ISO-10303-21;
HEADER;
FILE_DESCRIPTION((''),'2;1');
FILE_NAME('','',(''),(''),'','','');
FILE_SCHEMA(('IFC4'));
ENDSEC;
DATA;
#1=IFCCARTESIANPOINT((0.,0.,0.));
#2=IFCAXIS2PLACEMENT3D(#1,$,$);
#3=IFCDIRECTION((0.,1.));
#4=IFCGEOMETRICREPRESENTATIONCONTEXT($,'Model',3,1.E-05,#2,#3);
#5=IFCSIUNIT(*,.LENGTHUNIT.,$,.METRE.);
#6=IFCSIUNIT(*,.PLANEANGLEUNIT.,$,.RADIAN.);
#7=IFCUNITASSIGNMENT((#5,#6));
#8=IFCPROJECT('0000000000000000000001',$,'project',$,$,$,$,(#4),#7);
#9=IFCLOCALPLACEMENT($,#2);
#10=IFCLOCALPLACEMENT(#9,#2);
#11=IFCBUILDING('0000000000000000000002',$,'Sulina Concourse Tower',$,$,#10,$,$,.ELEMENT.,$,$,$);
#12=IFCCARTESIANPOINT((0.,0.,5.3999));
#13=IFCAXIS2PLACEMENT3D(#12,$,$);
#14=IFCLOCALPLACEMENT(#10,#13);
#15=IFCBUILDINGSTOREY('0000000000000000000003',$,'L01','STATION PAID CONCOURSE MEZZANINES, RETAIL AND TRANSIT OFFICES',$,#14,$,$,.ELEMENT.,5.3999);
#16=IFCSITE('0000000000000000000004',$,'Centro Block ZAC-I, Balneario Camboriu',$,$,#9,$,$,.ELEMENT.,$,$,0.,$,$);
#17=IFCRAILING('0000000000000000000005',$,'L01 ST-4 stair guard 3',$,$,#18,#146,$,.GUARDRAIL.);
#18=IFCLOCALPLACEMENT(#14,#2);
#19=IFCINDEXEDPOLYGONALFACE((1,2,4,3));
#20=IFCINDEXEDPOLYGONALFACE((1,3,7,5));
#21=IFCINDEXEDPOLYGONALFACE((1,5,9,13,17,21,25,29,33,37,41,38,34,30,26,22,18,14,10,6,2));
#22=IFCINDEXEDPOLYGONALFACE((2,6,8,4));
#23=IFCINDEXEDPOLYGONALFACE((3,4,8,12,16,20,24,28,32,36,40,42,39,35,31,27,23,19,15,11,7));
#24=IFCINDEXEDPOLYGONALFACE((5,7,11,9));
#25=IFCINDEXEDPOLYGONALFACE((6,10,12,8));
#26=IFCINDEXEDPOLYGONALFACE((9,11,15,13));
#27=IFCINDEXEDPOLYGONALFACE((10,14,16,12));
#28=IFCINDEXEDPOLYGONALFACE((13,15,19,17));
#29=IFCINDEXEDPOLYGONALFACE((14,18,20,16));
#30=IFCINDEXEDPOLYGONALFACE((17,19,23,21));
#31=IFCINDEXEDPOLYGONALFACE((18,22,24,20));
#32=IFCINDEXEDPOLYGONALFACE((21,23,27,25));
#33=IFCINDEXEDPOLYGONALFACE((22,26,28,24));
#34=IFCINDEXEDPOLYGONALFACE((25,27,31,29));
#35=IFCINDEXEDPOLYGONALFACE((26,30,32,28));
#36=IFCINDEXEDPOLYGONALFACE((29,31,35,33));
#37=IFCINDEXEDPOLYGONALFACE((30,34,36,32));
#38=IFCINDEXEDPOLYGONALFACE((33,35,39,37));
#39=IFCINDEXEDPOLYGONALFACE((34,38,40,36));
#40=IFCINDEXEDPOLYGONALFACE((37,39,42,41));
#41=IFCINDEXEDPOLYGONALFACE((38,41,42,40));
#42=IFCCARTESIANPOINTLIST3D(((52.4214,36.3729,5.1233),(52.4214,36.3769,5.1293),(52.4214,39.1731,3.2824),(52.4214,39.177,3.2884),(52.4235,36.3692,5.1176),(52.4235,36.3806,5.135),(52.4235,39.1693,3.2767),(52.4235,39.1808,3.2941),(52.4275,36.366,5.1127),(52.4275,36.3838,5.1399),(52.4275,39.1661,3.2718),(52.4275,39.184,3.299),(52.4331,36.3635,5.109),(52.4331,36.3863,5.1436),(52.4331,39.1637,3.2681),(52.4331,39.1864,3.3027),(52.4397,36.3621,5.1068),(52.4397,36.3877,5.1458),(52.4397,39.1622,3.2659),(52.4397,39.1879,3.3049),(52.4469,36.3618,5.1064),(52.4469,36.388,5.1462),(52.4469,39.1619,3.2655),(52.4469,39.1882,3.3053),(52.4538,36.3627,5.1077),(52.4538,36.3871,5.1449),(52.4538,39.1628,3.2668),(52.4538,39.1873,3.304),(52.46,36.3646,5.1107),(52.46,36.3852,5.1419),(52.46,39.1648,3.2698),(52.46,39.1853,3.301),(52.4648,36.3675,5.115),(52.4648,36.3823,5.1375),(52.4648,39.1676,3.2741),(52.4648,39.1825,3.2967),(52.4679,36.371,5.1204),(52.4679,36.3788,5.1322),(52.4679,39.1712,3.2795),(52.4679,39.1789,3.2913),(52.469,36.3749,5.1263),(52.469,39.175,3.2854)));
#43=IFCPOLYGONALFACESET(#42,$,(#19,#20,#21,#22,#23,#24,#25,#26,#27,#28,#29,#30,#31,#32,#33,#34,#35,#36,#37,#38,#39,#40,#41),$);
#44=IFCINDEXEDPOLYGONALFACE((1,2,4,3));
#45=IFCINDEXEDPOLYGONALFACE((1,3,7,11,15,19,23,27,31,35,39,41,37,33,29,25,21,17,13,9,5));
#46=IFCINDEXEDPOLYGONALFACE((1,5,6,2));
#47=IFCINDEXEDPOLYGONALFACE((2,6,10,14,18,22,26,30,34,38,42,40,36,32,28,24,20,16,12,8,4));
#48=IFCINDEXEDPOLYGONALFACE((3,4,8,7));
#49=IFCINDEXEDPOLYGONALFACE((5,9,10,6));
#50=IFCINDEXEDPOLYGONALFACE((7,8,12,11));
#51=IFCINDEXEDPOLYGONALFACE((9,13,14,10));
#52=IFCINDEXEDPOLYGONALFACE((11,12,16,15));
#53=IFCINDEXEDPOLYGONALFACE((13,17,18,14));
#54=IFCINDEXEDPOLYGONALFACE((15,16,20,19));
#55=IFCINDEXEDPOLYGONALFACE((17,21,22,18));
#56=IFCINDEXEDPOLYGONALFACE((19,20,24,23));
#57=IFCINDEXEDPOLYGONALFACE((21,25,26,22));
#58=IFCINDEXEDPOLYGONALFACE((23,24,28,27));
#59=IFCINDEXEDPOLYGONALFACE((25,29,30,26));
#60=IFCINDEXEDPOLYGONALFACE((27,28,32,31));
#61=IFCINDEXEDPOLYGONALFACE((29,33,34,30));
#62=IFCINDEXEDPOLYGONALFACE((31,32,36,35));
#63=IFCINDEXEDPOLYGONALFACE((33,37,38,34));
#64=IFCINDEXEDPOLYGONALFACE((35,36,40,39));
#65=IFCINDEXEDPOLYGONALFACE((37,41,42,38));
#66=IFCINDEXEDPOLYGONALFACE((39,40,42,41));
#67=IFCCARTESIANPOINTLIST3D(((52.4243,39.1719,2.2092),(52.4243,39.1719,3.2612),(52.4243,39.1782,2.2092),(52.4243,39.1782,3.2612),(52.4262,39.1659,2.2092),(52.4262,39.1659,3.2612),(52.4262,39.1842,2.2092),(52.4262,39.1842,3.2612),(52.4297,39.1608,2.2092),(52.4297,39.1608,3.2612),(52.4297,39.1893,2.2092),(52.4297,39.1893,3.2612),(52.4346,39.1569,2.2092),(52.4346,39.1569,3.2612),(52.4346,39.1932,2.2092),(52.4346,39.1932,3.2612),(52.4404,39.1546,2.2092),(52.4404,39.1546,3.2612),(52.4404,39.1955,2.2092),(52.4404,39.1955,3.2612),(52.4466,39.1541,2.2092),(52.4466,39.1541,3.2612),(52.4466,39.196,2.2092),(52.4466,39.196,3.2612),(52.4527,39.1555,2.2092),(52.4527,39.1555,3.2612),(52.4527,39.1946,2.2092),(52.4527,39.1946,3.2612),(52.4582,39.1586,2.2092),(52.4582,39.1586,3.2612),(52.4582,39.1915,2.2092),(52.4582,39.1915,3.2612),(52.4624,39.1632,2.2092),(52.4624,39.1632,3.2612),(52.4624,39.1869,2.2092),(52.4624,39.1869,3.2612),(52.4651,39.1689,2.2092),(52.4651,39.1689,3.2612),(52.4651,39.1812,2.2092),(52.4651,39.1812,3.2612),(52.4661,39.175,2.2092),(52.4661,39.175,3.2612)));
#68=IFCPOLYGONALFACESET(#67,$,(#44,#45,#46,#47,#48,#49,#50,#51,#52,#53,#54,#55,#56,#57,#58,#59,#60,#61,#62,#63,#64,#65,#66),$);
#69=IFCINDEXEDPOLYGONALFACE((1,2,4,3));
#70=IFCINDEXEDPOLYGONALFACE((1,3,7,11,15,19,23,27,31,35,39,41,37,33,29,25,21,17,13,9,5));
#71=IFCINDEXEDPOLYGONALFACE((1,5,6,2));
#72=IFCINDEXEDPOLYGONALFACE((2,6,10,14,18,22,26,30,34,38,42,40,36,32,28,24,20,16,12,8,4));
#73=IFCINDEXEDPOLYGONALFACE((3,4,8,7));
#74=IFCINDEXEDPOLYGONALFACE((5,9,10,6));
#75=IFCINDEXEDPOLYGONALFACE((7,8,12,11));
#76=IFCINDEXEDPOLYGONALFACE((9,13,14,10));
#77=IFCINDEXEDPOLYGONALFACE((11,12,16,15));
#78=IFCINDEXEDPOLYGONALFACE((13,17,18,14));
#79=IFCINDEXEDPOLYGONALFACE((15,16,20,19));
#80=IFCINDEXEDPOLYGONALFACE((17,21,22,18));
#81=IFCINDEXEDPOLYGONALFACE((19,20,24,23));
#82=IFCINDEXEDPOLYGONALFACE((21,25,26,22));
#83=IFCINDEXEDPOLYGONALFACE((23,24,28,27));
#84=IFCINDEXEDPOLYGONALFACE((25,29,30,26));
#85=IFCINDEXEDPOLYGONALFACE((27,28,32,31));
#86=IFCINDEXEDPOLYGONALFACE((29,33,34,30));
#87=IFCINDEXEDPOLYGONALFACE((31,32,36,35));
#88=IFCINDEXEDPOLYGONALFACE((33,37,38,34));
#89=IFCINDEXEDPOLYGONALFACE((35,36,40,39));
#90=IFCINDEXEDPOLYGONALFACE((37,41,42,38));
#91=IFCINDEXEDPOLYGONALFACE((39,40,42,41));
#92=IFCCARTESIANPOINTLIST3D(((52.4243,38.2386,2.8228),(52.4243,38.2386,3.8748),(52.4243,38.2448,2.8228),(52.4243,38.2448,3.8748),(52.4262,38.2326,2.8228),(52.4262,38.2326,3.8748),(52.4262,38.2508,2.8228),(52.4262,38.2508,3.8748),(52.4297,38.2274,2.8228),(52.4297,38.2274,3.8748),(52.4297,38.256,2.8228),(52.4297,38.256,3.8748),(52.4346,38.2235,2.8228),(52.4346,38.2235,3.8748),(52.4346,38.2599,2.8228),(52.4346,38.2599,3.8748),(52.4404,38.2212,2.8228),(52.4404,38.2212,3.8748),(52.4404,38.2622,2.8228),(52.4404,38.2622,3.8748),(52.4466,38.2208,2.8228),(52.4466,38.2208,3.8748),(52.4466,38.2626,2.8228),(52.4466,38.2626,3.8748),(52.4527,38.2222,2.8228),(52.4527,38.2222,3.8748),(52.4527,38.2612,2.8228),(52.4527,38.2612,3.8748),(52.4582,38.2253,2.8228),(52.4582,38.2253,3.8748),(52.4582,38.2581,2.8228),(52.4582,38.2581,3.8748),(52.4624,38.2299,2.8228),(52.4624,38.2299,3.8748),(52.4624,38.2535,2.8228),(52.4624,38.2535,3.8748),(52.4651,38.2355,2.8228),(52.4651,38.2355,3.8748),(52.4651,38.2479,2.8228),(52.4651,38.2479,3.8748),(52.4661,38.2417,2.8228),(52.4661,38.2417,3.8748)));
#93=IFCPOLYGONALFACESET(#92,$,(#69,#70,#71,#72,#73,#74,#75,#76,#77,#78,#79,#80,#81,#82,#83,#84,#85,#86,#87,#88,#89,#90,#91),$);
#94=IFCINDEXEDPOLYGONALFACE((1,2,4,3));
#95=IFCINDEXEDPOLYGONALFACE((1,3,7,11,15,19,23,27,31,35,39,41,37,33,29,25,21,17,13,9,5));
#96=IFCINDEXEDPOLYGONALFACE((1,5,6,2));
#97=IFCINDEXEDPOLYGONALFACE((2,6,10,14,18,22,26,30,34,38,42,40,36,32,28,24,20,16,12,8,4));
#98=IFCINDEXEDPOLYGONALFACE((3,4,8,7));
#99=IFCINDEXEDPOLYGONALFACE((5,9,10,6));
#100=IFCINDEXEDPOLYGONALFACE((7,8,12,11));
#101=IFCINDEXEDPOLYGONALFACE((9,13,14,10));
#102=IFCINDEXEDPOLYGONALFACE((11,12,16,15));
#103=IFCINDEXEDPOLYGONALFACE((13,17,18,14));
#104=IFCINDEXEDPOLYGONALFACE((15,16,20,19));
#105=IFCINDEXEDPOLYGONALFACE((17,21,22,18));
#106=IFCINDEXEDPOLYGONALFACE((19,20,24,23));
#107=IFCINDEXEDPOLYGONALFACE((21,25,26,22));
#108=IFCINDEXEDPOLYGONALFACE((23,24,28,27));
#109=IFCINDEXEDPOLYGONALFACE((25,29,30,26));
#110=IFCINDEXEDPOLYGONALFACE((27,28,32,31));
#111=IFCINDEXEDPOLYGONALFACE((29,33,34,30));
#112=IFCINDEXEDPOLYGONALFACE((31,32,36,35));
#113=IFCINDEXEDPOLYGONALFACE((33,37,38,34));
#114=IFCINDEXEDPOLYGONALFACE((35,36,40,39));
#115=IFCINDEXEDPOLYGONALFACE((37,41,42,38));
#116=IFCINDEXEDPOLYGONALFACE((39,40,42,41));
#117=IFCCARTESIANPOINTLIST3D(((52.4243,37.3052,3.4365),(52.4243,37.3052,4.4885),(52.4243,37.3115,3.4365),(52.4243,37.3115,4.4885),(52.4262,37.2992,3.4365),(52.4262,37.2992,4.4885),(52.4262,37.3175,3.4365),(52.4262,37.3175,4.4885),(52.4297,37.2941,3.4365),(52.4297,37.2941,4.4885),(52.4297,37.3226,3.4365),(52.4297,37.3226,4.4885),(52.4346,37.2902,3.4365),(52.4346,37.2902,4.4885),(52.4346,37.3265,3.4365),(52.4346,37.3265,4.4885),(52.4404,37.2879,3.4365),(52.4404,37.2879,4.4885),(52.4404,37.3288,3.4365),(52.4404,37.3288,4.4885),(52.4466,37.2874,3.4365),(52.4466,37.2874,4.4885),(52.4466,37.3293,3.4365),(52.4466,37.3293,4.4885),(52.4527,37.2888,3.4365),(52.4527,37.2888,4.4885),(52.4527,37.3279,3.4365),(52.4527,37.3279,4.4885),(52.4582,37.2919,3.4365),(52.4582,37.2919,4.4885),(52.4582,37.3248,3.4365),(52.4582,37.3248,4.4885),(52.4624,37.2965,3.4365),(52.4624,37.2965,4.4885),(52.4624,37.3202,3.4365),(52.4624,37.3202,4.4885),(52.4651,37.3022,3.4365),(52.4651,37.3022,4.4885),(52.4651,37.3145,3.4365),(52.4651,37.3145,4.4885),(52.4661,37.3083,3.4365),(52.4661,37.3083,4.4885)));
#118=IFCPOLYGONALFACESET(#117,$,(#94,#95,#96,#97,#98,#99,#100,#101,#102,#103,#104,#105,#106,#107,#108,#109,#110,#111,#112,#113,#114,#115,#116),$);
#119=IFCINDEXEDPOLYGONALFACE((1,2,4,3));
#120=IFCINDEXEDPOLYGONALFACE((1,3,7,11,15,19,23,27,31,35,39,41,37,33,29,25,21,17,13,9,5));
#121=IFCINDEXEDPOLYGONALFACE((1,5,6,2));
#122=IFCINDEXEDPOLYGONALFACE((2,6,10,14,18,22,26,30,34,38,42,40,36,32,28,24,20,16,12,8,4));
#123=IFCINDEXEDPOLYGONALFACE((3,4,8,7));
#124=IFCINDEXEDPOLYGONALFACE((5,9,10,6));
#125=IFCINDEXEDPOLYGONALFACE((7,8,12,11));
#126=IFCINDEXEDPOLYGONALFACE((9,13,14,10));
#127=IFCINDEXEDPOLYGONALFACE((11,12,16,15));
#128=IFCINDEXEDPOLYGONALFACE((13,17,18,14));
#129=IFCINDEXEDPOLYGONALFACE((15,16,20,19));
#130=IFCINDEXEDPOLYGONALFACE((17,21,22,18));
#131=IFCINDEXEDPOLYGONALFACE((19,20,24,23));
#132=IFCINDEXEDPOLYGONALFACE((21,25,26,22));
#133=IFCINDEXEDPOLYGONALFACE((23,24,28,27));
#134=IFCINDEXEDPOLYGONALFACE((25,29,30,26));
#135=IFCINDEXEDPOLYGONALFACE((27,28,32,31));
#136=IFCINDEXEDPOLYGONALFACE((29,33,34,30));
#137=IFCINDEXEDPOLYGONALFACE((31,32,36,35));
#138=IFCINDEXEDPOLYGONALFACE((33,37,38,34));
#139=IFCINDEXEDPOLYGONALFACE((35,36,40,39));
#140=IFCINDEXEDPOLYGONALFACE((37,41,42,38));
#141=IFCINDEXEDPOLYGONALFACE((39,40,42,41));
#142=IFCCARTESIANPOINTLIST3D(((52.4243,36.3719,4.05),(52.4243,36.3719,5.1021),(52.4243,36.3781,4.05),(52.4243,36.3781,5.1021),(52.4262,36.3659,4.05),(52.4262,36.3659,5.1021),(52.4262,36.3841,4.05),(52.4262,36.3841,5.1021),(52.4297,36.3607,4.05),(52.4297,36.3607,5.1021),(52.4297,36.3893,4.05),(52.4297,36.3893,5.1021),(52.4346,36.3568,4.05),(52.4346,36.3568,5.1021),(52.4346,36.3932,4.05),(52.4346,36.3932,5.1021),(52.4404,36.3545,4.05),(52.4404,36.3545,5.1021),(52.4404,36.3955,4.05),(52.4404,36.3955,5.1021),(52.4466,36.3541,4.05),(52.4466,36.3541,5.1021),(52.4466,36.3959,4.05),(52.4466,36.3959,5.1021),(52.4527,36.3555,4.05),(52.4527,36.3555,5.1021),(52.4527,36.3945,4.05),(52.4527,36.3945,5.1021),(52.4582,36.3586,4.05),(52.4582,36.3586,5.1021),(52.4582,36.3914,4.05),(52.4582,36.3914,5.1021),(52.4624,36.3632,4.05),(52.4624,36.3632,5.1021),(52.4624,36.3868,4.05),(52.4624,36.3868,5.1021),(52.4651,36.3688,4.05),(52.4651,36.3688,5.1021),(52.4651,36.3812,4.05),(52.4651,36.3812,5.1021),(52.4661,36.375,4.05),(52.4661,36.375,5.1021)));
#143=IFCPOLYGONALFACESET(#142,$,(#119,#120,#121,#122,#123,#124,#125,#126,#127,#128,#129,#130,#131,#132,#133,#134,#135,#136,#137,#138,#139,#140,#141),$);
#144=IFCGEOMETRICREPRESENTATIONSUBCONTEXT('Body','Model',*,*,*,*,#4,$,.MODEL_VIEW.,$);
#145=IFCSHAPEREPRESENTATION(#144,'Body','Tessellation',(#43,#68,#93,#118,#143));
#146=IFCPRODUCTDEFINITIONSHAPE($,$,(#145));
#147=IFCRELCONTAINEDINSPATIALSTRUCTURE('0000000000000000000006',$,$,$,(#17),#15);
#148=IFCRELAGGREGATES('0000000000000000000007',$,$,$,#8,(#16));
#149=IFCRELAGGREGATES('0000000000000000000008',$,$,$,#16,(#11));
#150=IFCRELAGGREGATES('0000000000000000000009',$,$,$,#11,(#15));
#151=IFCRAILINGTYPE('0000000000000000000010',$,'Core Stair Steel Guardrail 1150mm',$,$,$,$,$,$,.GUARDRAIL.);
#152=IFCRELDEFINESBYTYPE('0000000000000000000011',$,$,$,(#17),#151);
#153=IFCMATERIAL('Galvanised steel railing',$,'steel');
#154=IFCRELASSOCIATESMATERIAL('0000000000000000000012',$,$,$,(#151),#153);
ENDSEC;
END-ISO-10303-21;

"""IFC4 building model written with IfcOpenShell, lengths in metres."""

from ifc_helpers import new_model, si_unit, direction, frame, origin, origin_2d, place, context, subcontext, project, spatial, circle, extrude, material, type_object, element, save


model = new_model("IFC4")

# Units and contexts
model_context = context("Model", 3, precision=1e-05, world=origin(), true_north=direction((0.0, 1.0)))
body_context = subcontext(model_context, "Body", "Model", "MODEL_VIEW")
ifc_project = project(units=[si_unit("LENGTHUNIT", "METRE"), si_unit("PLANEANGLEUNIT", "RADIAN")], contexts=[model_context])

# Site, building, storey
site_placement = place(None, origin())
site = spatial("IfcSite", under=ifc_project, at=site_placement, Name="Centro Block ZAC-I, Balneario Camboriu", CompositionType="ELEMENT", RefElevation=0.0)
building_placement = place(site_placement, origin())
building = spatial("IfcBuilding", under=site, at=building_placement, Name="Sulina Concourse Tower", CompositionType="ELEMENT")
storey_placement = place(building_placement, frame((0.0, 0.0, 5.3999)))
storey = spatial("IfcBuildingStorey", under=building, at=storey_placement, Name="L01", Description="STATION PAID CONCOURSE MEZZANINES, RETAIL AND TRANSIT OFFICES", CompositionType="ELEMENT", Elevation=5.3999)

# Railing
ifc_material_1 = material(Name="Galvanised steel railing", Category="steel")
railing_type_1 = type_object("IfcRailingType", Name="Core Stair Steel Guardrail 1150mm", PredefinedType="GUARDRAIL", material=ifc_material_1)
railing_1_placement = place(storey_placement, frame((52.4451, 39.175, 2.2092)))
element("IfcRailing", 1, at=railing_1_placement, inside=storey, type_object=railing_type_1, Name="L01 ST-4 stair guard 3", PredefinedType="GUARDRAIL", context=body_context, shape_type="SweptSolid", body=[
    extrude(circle(Radius=0.0239, at=origin_2d()), frame((0.0, 0.0, 1.0762), z_axis=(0.0, -0.835598, 0.549342), x_axis=(1.0, 0.0, 0.0)), (0.0, 0.0, 1.0), 3.3511),
    extrude(circle(Radius=0.021, at=origin_2d()), origin(), (0.0, 0.0, 1.0), 1.052),
    extrude(circle(Radius=0.021, at=origin_2d()), frame((0.0, -0.9333, 0.6135)), (0.0, 0.0, 1.0), 1.052),
    extrude(circle(Radius=0.021, at=origin_2d()), frame((0.0, -1.8667, 1.2273)), (0.0, 0.0, 1.0), 1.052),
    extrude(circle(Radius=0.021, at=origin_2d()), frame((0.0, -2.8, 1.8408)), (0.0, 0.0, 1.0), 1.052),
])

save(model, "model.ifc")
